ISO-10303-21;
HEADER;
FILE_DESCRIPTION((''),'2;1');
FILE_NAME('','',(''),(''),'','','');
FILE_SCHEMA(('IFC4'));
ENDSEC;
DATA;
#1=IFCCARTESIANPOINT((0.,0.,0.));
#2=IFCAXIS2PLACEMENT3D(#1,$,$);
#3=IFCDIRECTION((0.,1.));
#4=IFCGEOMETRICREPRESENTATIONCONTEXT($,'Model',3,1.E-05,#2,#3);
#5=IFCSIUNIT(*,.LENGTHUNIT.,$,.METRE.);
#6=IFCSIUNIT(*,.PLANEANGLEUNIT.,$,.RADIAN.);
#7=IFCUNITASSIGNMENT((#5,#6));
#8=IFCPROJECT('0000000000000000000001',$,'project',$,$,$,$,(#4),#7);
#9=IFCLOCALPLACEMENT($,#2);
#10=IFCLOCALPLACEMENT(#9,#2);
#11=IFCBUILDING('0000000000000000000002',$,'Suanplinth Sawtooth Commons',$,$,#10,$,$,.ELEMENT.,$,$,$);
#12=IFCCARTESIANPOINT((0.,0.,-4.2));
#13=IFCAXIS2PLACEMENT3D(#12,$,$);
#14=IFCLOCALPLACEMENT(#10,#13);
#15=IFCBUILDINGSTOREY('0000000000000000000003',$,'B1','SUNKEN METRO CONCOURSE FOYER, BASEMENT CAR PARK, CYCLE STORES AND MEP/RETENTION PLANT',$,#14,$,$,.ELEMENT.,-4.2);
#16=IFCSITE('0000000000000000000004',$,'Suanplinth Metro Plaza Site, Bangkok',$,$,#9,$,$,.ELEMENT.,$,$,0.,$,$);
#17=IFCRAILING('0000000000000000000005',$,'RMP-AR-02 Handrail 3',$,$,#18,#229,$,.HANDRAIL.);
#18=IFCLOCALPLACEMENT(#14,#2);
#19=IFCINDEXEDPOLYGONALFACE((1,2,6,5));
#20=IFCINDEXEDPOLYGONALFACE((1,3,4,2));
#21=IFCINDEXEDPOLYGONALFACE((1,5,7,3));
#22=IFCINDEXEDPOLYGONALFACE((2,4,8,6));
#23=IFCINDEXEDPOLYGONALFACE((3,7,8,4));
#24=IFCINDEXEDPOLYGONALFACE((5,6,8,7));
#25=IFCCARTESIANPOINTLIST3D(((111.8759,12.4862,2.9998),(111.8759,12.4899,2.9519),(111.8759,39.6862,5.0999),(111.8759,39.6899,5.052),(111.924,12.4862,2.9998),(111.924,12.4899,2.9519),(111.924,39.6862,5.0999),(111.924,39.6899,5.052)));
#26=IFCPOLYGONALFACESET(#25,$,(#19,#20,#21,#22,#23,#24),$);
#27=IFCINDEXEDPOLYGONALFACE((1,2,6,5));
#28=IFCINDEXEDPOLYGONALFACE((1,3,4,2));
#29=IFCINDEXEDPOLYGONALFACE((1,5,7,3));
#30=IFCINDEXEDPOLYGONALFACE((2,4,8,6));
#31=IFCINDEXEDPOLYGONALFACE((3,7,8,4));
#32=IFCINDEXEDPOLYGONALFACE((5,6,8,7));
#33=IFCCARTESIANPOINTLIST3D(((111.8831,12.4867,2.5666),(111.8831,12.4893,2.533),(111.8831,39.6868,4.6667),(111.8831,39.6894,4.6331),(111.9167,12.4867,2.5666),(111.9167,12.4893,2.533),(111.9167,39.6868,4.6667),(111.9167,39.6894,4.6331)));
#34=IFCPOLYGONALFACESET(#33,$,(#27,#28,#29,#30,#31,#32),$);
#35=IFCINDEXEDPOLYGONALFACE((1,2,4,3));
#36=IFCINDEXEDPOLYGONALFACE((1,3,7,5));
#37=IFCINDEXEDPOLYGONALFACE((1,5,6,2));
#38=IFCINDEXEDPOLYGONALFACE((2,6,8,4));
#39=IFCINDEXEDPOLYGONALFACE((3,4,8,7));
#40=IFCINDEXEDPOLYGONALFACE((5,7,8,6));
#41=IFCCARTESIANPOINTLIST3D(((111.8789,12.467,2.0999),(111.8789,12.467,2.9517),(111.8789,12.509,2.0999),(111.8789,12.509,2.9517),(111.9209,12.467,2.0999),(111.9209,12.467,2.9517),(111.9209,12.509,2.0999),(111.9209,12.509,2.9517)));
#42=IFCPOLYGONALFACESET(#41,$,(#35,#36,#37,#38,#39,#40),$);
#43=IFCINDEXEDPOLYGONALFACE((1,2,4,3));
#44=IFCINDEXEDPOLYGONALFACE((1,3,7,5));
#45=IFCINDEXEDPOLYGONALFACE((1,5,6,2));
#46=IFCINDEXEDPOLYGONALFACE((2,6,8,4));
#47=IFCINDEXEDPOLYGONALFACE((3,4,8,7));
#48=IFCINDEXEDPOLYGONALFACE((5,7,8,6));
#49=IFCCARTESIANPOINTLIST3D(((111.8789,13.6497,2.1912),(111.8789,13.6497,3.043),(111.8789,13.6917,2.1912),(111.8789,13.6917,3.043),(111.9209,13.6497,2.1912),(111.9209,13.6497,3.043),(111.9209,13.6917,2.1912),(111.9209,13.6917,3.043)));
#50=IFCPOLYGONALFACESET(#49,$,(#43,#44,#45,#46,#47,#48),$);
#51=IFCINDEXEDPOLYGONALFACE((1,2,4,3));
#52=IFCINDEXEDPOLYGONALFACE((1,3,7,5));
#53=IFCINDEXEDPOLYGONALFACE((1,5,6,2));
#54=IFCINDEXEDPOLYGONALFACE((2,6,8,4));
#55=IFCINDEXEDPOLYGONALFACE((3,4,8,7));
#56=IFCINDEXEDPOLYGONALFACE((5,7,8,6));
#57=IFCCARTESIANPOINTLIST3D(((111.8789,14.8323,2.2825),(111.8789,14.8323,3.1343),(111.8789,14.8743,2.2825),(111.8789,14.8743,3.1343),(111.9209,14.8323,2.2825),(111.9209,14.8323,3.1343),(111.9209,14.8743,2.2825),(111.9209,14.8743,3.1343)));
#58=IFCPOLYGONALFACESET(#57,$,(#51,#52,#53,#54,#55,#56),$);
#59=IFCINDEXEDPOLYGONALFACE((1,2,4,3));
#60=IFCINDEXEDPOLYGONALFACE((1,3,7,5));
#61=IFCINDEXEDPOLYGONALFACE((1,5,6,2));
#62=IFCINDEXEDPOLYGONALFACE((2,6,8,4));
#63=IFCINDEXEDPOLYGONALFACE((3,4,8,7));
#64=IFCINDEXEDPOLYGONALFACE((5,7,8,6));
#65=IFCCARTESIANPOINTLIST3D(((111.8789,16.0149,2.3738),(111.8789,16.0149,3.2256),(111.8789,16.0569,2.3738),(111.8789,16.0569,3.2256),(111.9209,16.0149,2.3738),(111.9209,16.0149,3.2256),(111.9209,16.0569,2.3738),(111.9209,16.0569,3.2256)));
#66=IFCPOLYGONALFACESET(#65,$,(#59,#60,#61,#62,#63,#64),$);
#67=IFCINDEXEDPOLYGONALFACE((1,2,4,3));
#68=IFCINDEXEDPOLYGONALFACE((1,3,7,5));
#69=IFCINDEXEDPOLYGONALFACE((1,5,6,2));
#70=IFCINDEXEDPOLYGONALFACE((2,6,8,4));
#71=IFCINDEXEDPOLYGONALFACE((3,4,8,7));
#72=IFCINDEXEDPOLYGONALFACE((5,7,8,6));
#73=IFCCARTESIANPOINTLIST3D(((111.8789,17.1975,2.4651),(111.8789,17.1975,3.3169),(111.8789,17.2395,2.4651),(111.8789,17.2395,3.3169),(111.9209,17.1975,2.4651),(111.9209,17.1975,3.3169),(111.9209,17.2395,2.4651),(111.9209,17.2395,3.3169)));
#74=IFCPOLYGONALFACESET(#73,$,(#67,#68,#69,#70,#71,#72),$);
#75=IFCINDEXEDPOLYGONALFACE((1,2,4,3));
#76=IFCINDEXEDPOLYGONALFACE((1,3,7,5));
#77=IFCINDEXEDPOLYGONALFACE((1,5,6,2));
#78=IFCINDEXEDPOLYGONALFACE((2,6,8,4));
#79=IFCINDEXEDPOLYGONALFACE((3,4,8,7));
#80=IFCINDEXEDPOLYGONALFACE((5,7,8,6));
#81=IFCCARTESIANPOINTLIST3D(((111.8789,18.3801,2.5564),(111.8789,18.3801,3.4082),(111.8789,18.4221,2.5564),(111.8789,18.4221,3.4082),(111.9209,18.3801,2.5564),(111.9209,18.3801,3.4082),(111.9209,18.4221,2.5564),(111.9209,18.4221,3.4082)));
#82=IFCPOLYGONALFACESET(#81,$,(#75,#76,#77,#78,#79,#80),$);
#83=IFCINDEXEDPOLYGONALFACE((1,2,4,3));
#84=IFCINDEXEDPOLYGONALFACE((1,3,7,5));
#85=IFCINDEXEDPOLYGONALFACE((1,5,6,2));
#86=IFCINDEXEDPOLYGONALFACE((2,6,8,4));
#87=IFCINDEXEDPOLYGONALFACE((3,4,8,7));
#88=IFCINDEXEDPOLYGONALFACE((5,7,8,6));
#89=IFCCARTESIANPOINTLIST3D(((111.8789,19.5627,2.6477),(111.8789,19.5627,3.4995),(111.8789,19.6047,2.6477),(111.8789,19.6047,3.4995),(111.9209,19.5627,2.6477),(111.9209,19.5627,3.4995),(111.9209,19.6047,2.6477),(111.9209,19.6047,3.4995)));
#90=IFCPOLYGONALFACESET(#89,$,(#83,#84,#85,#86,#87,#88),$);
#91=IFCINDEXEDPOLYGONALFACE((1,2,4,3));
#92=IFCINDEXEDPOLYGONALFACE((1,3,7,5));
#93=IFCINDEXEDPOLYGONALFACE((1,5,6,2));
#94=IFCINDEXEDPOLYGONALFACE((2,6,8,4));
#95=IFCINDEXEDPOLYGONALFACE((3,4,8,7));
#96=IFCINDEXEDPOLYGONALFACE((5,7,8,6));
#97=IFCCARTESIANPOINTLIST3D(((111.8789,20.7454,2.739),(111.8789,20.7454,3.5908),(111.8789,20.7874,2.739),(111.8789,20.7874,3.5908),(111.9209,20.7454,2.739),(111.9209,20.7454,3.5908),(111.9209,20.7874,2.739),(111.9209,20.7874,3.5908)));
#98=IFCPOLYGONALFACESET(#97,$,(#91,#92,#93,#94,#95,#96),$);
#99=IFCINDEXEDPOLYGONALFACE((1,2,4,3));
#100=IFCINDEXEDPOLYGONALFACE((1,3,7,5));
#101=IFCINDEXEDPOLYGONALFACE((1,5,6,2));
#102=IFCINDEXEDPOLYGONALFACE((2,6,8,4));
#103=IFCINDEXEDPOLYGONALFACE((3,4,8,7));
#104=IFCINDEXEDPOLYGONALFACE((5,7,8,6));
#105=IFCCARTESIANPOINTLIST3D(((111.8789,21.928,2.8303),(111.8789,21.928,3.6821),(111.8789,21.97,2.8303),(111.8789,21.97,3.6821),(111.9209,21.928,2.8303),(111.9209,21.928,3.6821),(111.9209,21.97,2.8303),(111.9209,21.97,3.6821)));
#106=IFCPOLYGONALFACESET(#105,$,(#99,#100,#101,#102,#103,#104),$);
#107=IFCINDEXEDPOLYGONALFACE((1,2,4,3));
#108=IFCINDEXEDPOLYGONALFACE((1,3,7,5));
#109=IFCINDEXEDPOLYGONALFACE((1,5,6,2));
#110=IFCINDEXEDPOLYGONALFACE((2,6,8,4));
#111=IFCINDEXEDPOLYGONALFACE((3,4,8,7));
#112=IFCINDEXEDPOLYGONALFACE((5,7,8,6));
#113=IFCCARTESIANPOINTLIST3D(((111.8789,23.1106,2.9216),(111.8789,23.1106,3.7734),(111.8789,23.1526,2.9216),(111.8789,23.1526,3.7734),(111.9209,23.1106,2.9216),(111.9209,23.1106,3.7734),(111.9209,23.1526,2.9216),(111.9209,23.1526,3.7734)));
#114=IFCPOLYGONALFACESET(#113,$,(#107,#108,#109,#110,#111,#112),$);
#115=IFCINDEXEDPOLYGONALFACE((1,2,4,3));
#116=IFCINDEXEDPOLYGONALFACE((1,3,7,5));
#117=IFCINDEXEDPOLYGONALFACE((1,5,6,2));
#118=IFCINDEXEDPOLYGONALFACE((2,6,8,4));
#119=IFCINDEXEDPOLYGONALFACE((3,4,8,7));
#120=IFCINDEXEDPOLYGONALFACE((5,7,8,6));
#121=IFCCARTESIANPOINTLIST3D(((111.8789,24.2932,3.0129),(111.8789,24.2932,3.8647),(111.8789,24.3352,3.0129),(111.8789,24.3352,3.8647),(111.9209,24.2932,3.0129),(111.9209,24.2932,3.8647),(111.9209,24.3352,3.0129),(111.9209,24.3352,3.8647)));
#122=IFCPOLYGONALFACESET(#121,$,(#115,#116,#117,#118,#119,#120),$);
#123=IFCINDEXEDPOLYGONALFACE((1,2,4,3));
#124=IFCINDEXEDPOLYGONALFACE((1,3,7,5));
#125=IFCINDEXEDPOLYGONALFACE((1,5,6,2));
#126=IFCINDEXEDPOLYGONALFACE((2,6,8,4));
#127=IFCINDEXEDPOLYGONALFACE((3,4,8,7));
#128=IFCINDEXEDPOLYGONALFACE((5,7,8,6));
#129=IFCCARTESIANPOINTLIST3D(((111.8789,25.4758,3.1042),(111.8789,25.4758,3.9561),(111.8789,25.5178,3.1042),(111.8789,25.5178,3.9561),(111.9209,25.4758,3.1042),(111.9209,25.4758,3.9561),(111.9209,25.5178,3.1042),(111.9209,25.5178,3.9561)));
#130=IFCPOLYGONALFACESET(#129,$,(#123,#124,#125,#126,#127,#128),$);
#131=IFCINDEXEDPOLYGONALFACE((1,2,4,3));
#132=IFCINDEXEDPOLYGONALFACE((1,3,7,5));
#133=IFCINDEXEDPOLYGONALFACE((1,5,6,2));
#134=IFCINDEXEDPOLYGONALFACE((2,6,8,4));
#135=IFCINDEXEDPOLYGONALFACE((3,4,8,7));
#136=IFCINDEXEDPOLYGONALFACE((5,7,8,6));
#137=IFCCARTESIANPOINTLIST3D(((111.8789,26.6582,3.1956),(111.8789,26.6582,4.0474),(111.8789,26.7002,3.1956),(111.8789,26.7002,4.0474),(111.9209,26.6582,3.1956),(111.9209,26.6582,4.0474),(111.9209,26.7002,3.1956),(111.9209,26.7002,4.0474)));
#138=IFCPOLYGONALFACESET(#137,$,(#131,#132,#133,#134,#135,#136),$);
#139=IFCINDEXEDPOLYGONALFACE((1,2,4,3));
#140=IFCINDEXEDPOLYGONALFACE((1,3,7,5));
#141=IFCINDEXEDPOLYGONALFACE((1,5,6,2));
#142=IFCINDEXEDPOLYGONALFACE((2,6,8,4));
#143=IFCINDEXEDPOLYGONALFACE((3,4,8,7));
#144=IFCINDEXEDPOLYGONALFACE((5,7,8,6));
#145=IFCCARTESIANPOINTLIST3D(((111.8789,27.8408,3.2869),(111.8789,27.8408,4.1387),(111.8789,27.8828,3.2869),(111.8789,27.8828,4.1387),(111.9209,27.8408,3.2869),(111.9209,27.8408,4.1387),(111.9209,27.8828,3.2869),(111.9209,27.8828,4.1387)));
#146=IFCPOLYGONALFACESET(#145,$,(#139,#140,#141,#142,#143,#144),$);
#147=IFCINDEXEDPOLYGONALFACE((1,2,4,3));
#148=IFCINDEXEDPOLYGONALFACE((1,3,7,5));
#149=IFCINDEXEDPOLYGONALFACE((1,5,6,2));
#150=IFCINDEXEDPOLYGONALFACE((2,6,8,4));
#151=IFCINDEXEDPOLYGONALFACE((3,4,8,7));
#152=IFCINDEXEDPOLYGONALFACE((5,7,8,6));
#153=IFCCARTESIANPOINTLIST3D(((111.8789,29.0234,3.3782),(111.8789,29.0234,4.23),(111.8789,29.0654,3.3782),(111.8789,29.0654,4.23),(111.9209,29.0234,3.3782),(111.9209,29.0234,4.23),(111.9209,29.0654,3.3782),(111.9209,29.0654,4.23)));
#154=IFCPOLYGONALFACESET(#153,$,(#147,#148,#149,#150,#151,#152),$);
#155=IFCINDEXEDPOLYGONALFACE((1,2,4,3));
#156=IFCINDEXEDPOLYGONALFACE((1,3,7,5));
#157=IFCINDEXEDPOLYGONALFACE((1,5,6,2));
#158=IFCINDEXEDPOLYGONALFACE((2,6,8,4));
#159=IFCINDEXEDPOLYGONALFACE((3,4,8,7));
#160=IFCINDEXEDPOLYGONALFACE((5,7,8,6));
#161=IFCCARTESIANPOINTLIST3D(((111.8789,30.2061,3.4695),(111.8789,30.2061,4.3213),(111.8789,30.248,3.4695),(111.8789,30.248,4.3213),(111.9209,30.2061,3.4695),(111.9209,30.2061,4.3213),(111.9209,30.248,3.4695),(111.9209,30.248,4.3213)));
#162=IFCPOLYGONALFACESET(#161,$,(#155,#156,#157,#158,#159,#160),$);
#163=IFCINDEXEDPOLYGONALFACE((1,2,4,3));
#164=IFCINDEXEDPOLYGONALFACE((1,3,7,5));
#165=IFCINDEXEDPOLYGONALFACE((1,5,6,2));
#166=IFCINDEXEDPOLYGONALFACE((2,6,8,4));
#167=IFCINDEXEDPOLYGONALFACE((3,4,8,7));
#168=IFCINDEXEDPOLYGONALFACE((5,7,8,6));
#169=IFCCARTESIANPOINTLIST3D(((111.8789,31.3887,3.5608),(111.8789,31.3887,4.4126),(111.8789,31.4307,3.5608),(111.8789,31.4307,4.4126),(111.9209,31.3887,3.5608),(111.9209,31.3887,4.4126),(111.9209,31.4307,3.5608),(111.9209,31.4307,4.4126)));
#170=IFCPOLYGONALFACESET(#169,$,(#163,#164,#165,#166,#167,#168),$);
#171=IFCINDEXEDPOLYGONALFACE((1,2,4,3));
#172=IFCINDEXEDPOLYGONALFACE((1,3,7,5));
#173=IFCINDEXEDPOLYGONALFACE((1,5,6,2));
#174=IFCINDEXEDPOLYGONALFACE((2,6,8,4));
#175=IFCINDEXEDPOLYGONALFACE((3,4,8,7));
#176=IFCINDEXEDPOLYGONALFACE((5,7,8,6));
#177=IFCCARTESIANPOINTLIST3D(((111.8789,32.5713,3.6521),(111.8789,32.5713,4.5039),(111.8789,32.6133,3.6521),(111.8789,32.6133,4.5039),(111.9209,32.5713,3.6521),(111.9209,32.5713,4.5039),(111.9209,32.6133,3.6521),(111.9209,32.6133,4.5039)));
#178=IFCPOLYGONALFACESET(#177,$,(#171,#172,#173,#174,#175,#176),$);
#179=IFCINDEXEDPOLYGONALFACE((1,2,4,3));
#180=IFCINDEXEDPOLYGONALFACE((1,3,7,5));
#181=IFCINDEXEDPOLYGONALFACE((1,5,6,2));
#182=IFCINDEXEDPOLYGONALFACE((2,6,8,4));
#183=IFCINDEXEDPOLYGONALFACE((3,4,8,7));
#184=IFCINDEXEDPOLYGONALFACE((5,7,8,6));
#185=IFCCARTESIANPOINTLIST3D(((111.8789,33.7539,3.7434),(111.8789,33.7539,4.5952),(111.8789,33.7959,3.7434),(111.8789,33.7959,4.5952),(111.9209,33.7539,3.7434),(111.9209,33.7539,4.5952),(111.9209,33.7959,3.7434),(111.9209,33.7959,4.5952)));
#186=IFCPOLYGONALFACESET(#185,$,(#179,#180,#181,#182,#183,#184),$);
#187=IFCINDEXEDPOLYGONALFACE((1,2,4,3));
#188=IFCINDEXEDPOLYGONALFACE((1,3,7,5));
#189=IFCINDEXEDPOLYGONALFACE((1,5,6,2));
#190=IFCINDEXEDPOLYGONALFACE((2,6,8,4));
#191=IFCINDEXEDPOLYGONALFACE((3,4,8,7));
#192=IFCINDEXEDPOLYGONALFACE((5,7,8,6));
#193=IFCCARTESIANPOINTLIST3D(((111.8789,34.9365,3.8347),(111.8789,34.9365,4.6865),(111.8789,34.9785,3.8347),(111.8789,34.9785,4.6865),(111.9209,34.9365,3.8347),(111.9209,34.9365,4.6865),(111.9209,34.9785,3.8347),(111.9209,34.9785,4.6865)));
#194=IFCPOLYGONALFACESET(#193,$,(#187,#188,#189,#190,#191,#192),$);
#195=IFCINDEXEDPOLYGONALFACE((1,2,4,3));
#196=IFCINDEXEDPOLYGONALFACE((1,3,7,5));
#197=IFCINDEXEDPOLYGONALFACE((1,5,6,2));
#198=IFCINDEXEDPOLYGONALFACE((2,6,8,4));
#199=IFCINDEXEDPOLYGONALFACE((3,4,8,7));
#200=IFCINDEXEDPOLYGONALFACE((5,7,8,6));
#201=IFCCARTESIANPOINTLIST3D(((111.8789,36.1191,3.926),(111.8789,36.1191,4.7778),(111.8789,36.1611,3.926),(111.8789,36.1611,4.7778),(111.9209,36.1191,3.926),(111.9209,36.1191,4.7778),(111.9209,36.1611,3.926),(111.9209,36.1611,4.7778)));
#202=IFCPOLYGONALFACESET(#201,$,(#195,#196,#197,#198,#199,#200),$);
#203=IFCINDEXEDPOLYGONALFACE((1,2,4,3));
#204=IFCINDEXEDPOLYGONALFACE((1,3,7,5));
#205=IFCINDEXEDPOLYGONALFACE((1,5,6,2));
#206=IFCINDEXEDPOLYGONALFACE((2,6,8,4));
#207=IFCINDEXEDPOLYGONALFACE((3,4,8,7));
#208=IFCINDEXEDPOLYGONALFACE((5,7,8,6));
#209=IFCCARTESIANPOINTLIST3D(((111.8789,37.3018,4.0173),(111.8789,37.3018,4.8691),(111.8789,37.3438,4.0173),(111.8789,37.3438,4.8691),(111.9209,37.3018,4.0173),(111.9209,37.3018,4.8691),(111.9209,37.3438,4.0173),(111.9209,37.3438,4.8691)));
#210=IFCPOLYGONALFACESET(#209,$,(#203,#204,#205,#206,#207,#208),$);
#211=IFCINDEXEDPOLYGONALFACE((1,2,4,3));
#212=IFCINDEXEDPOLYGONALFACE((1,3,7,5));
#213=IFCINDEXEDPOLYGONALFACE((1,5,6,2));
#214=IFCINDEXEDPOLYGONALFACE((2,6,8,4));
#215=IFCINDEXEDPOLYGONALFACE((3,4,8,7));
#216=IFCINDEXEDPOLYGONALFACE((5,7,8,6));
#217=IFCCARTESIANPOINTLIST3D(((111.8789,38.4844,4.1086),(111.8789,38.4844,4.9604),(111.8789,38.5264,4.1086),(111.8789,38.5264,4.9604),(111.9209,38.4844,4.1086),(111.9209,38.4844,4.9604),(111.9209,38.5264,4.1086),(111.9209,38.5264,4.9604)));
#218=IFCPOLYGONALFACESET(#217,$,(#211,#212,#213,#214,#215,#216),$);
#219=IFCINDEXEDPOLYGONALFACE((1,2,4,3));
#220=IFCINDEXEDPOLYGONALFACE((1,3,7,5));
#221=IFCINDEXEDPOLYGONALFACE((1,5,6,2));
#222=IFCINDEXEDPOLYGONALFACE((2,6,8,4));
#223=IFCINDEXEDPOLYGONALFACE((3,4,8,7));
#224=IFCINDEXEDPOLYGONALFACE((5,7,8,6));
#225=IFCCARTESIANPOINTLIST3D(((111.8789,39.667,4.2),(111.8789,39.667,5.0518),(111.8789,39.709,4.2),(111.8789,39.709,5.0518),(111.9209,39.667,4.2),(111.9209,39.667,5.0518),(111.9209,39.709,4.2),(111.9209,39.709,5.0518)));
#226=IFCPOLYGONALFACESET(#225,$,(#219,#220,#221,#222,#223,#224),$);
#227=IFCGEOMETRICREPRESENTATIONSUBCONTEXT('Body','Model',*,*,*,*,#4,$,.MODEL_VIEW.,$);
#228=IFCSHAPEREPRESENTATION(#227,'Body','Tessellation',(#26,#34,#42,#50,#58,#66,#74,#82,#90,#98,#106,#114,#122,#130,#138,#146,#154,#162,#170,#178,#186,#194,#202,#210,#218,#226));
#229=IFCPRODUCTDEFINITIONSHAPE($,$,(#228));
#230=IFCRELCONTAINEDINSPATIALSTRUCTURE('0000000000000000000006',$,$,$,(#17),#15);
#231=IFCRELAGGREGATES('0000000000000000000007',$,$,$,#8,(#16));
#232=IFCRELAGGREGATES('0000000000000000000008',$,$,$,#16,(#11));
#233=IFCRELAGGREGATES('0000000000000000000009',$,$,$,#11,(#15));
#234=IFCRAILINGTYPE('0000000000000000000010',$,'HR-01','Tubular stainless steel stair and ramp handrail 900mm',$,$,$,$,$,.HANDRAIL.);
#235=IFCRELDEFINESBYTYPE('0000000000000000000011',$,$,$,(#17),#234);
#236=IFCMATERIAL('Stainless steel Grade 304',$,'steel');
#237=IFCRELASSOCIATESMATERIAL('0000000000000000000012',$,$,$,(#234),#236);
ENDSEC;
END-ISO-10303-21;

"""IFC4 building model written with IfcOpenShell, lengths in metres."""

from ifc_helpers import new_model, si_unit, direction, frame, origin, origin_2d, place, context, subcontext, project, spatial, rectangle, extrude, material, type_object, element, save


model = new_model("IFC4")

# Units and contexts
model_context = context("Model", 3, precision=1e-05, world=origin(), true_north=direction((0.0, 1.0)))
body_context = subcontext(model_context, "Body", "Model", "MODEL_VIEW")
ifc_project = project(units=[si_unit("LENGTHUNIT", "METRE"), si_unit("PLANEANGLEUNIT", "RADIAN")], contexts=[model_context])

# Site, building, storey
site_placement = place(None, origin())
site = spatial("IfcSite", under=ifc_project, at=site_placement, Name="Suanplinth Metro Plaza Site, Bangkok", CompositionType="ELEMENT", RefElevation=0.0)
building_placement = place(site_placement, origin())
building = spatial("IfcBuilding", under=site, at=building_placement, Name="Suanplinth Sawtooth Commons", CompositionType="ELEMENT")
storey_placement = place(building_placement, frame((0.0, 0.0, -4.2)))
storey = spatial("IfcBuildingStorey", under=building, at=storey_placement, Name="B1", Description="SUNKEN METRO CONCOURSE FOYER, BASEMENT CAR PARK, CYCLE STORES AND MEP/RETENTION PLANT", CompositionType="ELEMENT", Elevation=-4.2)

# Railing
ifc_material_1 = material(Name="Stainless steel Grade 304", Category="steel")
railing_type_1 = type_object("IfcRailingType", Name="HR-01", Description="Tubular stainless steel stair and ramp handrail 900mm", PredefinedType="HANDRAIL", material=ifc_material_1)
railing_1_placement = place(storey_placement, frame((111.8999, 12.488, 2.0999)))
element("IfcRailing", 1, at=railing_1_placement, inside=storey, type_object=railing_type_1, Name="RMP-AR-02 Handrail 3", PredefinedType="HANDRAIL", context=body_context, shape_type="SweptSolid", body=[
    extrude(rectangle(XDim=0.0481, YDim=0.0481, at=origin_2d()), frame((0.0, 0.0, 0.876), z_axis=(0.0, 0.997033, 0.07698), x_axis=(-1.0, 0.0, 0.0)), (0.0, 0.0, 1.0), 27.281),
    extrude(rectangle(XDim=0.0337, YDim=0.0337, at=origin_2d()), frame((0.0, 0.0, 0.45), z_axis=(0.0, 0.997033, 0.07698), x_axis=(-1.0, 0.0, 0.0)), (0.0, 0.0, 1.0), 27.281),
    extrude(rectangle(XDim=0.042, YDim=0.042, at=origin_2d()), origin(), (0.0, 0.0, 1.0), 0.8518),
    extrude(rectangle(XDim=0.042, YDim=0.042, at=origin_2d()), frame((0.0, 1.1826, 0.0913)), (0.0, 0.0, 1.0), 0.8518),
    extrude(rectangle(XDim=0.042, YDim=0.042, at=origin_2d()), frame((0.0, 2.3652, 0.1826)), (0.0, 0.0, 1.0), 0.8518),
    extrude(rectangle(XDim=0.042, YDim=0.042, at=origin_2d()), frame((0.0, 3.5479, 0.2739)), (0.0, 0.0, 1.0), 0.8518),
    extrude(rectangle(XDim=0.042, YDim=0.042, at=origin_2d()), frame((0.0, 4.7305, 0.3652)), (0.0, 0.0, 1.0), 0.8518),
    extrude(rectangle(XDim=0.042, YDim=0.042, at=origin_2d()), frame((0.0, 5.9131, 0.4565)), (0.0, 0.0, 1.0), 0.8518),
    extrude(rectangle(XDim=0.042, YDim=0.042, at=origin_2d()), frame((0.0, 7.0957, 0.5479)), (0.0, 0.0, 1.0), 0.8518),
    extrude(rectangle(XDim=0.042, YDim=0.042, at=origin_2d()), frame((0.0, 8.2783, 0.6392)), (0.0, 0.0, 1.0), 0.8518),
    extrude(rectangle(XDim=0.042, YDim=0.042, at=origin_2d()), frame((0.0, 9.4609, 0.7305)), (0.0, 0.0, 1.0), 0.8518),
    extrude(rectangle(XDim=0.042, YDim=0.042, at=origin_2d()), frame((0.0, 10.6436, 0.8218)), (0.0, 0.0, 1.0), 0.8518),
    extrude(rectangle(XDim=0.042, YDim=0.042, at=origin_2d()), frame((0.0, 11.8262, 0.9131)), (0.0, 0.0, 1.0), 0.8518),
    extrude(rectangle(XDim=0.042, YDim=0.042, at=origin_2d()), frame((0.0, 13.0088, 1.0044)), (0.0, 0.0, 1.0), 0.8518),
    extrude(rectangle(XDim=0.042, YDim=0.042, at=origin_2d()), frame((0.0, 14.1912, 1.0957)), (0.0, 0.0, 1.0), 0.8518),
    extrude(rectangle(XDim=0.042, YDim=0.042, at=origin_2d()), frame((0.0, 15.3738, 1.187)), (0.0, 0.0, 1.0), 0.8518),
    extrude(rectangle(XDim=0.042, YDim=0.042, at=origin_2d()), frame((0.0, 16.5564, 1.2783)), (0.0, 0.0, 1.0), 0.8518),
    extrude(rectangle(XDim=0.042, YDim=0.042, at=origin_2d()), frame((0.0, 17.739, 1.3696)), (0.0, 0.0, 1.0), 0.8518),
    extrude(rectangle(XDim=0.042, YDim=0.042, at=origin_2d()), frame((0.0, 18.9216, 1.4609)), (0.0, 0.0, 1.0), 0.8518),
    extrude(rectangle(XDim=0.042, YDim=0.042, at=origin_2d()), frame((0.0, 20.1042, 1.5522)), (0.0, 0.0, 1.0), 0.8518),
    extrude(rectangle(XDim=0.042, YDim=0.042, at=origin_2d()), frame((0.0, 21.2869, 1.6436)), (0.0, 0.0, 1.0), 0.8518),
    extrude(rectangle(XDim=0.042, YDim=0.042, at=origin_2d()), frame((0.0, 22.4695, 1.7349)), (0.0, 0.0, 1.0), 0.8518),
    extrude(rectangle(XDim=0.042, YDim=0.042, at=origin_2d()), frame((0.0, 23.6521, 1.8262)), (0.0, 0.0, 1.0), 0.8518),
    extrude(rectangle(XDim=0.042, YDim=0.042, at=origin_2d()), frame((0.0, 24.8347, 1.9175)), (0.0, 0.0, 1.0), 0.8518),
    extrude(rectangle(XDim=0.042, YDim=0.042, at=origin_2d()), frame((0.0, 26.0173, 2.0088)), (0.0, 0.0, 1.0), 0.8518),
    extrude(rectangle(XDim=0.042, YDim=0.042, at=origin_2d()), frame((0.0, 27.2, 2.1001)), (0.0, 0.0, 1.0), 0.8518),
])

save(model, "model.ifc")
